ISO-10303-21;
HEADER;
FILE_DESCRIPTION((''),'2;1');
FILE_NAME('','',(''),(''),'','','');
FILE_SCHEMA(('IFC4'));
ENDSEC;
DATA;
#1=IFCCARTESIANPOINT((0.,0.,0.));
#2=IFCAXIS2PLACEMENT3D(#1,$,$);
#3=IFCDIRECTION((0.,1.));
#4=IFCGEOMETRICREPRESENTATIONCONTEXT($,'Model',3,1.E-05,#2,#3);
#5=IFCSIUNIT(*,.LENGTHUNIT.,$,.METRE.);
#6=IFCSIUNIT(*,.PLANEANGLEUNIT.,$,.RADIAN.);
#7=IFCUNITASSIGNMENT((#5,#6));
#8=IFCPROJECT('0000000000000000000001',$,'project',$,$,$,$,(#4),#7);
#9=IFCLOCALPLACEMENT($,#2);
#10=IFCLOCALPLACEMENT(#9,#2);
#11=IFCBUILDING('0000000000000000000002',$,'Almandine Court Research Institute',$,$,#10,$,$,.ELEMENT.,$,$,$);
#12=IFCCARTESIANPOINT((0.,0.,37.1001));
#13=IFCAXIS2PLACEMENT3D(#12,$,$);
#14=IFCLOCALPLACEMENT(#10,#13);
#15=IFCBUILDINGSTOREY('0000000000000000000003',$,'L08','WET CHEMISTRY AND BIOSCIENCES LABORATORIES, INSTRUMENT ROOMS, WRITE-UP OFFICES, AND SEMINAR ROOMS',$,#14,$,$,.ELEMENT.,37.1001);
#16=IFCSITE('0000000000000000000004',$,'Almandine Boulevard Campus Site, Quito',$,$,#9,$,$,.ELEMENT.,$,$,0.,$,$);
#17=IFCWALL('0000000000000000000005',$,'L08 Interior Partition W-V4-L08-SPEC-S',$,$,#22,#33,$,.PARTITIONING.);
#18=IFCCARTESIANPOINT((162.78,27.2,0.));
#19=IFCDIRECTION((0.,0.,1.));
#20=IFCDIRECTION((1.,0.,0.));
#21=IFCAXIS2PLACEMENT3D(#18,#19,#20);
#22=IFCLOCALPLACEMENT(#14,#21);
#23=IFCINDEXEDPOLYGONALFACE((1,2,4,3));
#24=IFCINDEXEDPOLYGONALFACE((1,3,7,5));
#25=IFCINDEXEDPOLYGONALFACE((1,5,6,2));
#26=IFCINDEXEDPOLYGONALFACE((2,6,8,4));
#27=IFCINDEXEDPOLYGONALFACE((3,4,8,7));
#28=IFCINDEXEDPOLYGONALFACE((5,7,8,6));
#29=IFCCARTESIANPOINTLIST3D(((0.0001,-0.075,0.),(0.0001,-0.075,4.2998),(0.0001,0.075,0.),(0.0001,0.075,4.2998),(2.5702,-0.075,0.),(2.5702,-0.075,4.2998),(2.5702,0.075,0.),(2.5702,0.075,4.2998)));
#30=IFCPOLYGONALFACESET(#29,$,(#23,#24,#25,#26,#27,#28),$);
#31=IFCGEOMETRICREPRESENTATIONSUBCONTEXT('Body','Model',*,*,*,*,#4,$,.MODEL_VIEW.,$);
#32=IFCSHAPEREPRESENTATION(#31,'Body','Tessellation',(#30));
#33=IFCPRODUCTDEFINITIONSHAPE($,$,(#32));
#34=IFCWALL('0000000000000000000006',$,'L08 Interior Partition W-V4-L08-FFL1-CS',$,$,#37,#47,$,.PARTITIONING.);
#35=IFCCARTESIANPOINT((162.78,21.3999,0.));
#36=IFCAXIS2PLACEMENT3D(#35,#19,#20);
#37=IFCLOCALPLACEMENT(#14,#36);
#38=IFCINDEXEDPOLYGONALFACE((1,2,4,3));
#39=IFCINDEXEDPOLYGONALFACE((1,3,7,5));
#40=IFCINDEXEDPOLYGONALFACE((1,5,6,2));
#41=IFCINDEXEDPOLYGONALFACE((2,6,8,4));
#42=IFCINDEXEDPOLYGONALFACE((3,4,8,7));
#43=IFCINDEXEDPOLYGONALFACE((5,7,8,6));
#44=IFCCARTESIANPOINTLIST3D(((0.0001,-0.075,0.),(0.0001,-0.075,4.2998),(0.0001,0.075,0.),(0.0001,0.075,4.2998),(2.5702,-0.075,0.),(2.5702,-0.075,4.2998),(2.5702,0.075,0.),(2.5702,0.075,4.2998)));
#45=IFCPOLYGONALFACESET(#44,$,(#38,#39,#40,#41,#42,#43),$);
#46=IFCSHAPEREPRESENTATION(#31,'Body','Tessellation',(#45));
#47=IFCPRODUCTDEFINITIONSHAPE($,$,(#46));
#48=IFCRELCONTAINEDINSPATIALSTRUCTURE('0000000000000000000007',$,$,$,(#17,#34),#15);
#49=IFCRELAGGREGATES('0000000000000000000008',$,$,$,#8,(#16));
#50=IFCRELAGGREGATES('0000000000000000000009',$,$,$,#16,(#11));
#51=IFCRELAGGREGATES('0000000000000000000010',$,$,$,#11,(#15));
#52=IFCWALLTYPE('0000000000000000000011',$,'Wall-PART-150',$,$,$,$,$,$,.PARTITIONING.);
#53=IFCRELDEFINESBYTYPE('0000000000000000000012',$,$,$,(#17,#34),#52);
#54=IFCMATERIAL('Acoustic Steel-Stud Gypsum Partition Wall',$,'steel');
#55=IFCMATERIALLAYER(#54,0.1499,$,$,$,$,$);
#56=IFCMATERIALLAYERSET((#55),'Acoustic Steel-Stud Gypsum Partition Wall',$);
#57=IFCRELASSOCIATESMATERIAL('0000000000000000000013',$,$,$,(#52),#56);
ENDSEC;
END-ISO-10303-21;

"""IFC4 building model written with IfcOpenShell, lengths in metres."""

from ifc_helpers import new_model, si_unit, direction, frame, frame_2d, origin, place, context, subcontext, project, spatial, rectangle, extrude, material, layer, layer_set, type_object, element, save


model = new_model("IFC4")

# Units and contexts
model_context = context("Model", 3, precision=1e-05, world=origin(), true_north=direction((0.0, 1.0)))
body_context = subcontext(model_context, "Body", "Model", "MODEL_VIEW")
ifc_project = project(units=[si_unit("LENGTHUNIT", "METRE"), si_unit("PLANEANGLEUNIT", "RADIAN")], contexts=[model_context])

# Site, building, storey
site_placement = place(None, origin())
site = spatial("IfcSite", under=ifc_project, at=site_placement, Name="Almandine Boulevard Campus Site, Quito", CompositionType="ELEMENT", RefElevation=0.0)
building_placement = place(site_placement, origin())
building = spatial("IfcBuilding", under=site, at=building_placement, Name="Almandine Court Research Institute", CompositionType="ELEMENT")
storey_placement = place(building_placement, frame((0.0, 0.0, 37.1001)))
storey = spatial("IfcBuildingStorey", under=building, at=storey_placement, Name="L08", Description="WET CHEMISTRY AND BIOSCIENCES LABORATORIES, INSTRUMENT ROOMS, WRITE-UP OFFICES, AND SEMINAR ROOMS", CompositionType="ELEMENT", Elevation=37.1001)

# Shared definitions
ifc_material_1 = material(Name="Acoustic Steel-Stud Gypsum Partition Wall", Category="steel")
ifc_layer_1 = layer(ifc_material_1, 0.1499)
ifc_layer_set_1 = layer_set([ifc_layer_1], Name="Acoustic Steel-Stud Gypsum Partition Wall")
wall_type_1 = type_object("IfcWallType", Name="Wall-PART-150", PredefinedType="PARTITIONING", material=ifc_layer_set_1)

# Wall
wall_1_placement = place(storey_placement, frame((162.78, 27.2, 0.0), z_axis=(0.0, 0.0, 1.0), x_axis=(1.0, 0.0, 0.0)))
element("IfcWall", 1, at=wall_1_placement, inside=storey, type_object=wall_type_1, Name="L08 Interior Partition W-V4-L08-SPEC-S", PredefinedType="PARTITIONING", context=body_context, shape_type="SweptSolid", body=[
    extrude(rectangle(XDim=2.5701, YDim=0.1499, at=frame_2d((1.2852, 0.0))), origin(), (0.0, 0.0, 1.0), 4.2998),
])

# Wall
wall_2_placement = place(storey_placement, frame((162.78, 21.3999, 0.0), z_axis=(0.0, 0.0, 1.0), x_axis=(1.0, 0.0, 0.0)))
element("IfcWall", 2, at=wall_2_placement, inside=storey, type_object=wall_type_1, Name="L08 Interior Partition W-V4-L08-FFL1-CS", PredefinedType="PARTITIONING", context=body_context, shape_type="SweptSolid", body=[
    extrude(rectangle(XDim=2.5701, YDim=0.1499, at=frame_2d((1.2852, 0.0))), origin(), (0.0, 0.0, 1.0), 4.2998),
])

save(model, "model.ifc")
